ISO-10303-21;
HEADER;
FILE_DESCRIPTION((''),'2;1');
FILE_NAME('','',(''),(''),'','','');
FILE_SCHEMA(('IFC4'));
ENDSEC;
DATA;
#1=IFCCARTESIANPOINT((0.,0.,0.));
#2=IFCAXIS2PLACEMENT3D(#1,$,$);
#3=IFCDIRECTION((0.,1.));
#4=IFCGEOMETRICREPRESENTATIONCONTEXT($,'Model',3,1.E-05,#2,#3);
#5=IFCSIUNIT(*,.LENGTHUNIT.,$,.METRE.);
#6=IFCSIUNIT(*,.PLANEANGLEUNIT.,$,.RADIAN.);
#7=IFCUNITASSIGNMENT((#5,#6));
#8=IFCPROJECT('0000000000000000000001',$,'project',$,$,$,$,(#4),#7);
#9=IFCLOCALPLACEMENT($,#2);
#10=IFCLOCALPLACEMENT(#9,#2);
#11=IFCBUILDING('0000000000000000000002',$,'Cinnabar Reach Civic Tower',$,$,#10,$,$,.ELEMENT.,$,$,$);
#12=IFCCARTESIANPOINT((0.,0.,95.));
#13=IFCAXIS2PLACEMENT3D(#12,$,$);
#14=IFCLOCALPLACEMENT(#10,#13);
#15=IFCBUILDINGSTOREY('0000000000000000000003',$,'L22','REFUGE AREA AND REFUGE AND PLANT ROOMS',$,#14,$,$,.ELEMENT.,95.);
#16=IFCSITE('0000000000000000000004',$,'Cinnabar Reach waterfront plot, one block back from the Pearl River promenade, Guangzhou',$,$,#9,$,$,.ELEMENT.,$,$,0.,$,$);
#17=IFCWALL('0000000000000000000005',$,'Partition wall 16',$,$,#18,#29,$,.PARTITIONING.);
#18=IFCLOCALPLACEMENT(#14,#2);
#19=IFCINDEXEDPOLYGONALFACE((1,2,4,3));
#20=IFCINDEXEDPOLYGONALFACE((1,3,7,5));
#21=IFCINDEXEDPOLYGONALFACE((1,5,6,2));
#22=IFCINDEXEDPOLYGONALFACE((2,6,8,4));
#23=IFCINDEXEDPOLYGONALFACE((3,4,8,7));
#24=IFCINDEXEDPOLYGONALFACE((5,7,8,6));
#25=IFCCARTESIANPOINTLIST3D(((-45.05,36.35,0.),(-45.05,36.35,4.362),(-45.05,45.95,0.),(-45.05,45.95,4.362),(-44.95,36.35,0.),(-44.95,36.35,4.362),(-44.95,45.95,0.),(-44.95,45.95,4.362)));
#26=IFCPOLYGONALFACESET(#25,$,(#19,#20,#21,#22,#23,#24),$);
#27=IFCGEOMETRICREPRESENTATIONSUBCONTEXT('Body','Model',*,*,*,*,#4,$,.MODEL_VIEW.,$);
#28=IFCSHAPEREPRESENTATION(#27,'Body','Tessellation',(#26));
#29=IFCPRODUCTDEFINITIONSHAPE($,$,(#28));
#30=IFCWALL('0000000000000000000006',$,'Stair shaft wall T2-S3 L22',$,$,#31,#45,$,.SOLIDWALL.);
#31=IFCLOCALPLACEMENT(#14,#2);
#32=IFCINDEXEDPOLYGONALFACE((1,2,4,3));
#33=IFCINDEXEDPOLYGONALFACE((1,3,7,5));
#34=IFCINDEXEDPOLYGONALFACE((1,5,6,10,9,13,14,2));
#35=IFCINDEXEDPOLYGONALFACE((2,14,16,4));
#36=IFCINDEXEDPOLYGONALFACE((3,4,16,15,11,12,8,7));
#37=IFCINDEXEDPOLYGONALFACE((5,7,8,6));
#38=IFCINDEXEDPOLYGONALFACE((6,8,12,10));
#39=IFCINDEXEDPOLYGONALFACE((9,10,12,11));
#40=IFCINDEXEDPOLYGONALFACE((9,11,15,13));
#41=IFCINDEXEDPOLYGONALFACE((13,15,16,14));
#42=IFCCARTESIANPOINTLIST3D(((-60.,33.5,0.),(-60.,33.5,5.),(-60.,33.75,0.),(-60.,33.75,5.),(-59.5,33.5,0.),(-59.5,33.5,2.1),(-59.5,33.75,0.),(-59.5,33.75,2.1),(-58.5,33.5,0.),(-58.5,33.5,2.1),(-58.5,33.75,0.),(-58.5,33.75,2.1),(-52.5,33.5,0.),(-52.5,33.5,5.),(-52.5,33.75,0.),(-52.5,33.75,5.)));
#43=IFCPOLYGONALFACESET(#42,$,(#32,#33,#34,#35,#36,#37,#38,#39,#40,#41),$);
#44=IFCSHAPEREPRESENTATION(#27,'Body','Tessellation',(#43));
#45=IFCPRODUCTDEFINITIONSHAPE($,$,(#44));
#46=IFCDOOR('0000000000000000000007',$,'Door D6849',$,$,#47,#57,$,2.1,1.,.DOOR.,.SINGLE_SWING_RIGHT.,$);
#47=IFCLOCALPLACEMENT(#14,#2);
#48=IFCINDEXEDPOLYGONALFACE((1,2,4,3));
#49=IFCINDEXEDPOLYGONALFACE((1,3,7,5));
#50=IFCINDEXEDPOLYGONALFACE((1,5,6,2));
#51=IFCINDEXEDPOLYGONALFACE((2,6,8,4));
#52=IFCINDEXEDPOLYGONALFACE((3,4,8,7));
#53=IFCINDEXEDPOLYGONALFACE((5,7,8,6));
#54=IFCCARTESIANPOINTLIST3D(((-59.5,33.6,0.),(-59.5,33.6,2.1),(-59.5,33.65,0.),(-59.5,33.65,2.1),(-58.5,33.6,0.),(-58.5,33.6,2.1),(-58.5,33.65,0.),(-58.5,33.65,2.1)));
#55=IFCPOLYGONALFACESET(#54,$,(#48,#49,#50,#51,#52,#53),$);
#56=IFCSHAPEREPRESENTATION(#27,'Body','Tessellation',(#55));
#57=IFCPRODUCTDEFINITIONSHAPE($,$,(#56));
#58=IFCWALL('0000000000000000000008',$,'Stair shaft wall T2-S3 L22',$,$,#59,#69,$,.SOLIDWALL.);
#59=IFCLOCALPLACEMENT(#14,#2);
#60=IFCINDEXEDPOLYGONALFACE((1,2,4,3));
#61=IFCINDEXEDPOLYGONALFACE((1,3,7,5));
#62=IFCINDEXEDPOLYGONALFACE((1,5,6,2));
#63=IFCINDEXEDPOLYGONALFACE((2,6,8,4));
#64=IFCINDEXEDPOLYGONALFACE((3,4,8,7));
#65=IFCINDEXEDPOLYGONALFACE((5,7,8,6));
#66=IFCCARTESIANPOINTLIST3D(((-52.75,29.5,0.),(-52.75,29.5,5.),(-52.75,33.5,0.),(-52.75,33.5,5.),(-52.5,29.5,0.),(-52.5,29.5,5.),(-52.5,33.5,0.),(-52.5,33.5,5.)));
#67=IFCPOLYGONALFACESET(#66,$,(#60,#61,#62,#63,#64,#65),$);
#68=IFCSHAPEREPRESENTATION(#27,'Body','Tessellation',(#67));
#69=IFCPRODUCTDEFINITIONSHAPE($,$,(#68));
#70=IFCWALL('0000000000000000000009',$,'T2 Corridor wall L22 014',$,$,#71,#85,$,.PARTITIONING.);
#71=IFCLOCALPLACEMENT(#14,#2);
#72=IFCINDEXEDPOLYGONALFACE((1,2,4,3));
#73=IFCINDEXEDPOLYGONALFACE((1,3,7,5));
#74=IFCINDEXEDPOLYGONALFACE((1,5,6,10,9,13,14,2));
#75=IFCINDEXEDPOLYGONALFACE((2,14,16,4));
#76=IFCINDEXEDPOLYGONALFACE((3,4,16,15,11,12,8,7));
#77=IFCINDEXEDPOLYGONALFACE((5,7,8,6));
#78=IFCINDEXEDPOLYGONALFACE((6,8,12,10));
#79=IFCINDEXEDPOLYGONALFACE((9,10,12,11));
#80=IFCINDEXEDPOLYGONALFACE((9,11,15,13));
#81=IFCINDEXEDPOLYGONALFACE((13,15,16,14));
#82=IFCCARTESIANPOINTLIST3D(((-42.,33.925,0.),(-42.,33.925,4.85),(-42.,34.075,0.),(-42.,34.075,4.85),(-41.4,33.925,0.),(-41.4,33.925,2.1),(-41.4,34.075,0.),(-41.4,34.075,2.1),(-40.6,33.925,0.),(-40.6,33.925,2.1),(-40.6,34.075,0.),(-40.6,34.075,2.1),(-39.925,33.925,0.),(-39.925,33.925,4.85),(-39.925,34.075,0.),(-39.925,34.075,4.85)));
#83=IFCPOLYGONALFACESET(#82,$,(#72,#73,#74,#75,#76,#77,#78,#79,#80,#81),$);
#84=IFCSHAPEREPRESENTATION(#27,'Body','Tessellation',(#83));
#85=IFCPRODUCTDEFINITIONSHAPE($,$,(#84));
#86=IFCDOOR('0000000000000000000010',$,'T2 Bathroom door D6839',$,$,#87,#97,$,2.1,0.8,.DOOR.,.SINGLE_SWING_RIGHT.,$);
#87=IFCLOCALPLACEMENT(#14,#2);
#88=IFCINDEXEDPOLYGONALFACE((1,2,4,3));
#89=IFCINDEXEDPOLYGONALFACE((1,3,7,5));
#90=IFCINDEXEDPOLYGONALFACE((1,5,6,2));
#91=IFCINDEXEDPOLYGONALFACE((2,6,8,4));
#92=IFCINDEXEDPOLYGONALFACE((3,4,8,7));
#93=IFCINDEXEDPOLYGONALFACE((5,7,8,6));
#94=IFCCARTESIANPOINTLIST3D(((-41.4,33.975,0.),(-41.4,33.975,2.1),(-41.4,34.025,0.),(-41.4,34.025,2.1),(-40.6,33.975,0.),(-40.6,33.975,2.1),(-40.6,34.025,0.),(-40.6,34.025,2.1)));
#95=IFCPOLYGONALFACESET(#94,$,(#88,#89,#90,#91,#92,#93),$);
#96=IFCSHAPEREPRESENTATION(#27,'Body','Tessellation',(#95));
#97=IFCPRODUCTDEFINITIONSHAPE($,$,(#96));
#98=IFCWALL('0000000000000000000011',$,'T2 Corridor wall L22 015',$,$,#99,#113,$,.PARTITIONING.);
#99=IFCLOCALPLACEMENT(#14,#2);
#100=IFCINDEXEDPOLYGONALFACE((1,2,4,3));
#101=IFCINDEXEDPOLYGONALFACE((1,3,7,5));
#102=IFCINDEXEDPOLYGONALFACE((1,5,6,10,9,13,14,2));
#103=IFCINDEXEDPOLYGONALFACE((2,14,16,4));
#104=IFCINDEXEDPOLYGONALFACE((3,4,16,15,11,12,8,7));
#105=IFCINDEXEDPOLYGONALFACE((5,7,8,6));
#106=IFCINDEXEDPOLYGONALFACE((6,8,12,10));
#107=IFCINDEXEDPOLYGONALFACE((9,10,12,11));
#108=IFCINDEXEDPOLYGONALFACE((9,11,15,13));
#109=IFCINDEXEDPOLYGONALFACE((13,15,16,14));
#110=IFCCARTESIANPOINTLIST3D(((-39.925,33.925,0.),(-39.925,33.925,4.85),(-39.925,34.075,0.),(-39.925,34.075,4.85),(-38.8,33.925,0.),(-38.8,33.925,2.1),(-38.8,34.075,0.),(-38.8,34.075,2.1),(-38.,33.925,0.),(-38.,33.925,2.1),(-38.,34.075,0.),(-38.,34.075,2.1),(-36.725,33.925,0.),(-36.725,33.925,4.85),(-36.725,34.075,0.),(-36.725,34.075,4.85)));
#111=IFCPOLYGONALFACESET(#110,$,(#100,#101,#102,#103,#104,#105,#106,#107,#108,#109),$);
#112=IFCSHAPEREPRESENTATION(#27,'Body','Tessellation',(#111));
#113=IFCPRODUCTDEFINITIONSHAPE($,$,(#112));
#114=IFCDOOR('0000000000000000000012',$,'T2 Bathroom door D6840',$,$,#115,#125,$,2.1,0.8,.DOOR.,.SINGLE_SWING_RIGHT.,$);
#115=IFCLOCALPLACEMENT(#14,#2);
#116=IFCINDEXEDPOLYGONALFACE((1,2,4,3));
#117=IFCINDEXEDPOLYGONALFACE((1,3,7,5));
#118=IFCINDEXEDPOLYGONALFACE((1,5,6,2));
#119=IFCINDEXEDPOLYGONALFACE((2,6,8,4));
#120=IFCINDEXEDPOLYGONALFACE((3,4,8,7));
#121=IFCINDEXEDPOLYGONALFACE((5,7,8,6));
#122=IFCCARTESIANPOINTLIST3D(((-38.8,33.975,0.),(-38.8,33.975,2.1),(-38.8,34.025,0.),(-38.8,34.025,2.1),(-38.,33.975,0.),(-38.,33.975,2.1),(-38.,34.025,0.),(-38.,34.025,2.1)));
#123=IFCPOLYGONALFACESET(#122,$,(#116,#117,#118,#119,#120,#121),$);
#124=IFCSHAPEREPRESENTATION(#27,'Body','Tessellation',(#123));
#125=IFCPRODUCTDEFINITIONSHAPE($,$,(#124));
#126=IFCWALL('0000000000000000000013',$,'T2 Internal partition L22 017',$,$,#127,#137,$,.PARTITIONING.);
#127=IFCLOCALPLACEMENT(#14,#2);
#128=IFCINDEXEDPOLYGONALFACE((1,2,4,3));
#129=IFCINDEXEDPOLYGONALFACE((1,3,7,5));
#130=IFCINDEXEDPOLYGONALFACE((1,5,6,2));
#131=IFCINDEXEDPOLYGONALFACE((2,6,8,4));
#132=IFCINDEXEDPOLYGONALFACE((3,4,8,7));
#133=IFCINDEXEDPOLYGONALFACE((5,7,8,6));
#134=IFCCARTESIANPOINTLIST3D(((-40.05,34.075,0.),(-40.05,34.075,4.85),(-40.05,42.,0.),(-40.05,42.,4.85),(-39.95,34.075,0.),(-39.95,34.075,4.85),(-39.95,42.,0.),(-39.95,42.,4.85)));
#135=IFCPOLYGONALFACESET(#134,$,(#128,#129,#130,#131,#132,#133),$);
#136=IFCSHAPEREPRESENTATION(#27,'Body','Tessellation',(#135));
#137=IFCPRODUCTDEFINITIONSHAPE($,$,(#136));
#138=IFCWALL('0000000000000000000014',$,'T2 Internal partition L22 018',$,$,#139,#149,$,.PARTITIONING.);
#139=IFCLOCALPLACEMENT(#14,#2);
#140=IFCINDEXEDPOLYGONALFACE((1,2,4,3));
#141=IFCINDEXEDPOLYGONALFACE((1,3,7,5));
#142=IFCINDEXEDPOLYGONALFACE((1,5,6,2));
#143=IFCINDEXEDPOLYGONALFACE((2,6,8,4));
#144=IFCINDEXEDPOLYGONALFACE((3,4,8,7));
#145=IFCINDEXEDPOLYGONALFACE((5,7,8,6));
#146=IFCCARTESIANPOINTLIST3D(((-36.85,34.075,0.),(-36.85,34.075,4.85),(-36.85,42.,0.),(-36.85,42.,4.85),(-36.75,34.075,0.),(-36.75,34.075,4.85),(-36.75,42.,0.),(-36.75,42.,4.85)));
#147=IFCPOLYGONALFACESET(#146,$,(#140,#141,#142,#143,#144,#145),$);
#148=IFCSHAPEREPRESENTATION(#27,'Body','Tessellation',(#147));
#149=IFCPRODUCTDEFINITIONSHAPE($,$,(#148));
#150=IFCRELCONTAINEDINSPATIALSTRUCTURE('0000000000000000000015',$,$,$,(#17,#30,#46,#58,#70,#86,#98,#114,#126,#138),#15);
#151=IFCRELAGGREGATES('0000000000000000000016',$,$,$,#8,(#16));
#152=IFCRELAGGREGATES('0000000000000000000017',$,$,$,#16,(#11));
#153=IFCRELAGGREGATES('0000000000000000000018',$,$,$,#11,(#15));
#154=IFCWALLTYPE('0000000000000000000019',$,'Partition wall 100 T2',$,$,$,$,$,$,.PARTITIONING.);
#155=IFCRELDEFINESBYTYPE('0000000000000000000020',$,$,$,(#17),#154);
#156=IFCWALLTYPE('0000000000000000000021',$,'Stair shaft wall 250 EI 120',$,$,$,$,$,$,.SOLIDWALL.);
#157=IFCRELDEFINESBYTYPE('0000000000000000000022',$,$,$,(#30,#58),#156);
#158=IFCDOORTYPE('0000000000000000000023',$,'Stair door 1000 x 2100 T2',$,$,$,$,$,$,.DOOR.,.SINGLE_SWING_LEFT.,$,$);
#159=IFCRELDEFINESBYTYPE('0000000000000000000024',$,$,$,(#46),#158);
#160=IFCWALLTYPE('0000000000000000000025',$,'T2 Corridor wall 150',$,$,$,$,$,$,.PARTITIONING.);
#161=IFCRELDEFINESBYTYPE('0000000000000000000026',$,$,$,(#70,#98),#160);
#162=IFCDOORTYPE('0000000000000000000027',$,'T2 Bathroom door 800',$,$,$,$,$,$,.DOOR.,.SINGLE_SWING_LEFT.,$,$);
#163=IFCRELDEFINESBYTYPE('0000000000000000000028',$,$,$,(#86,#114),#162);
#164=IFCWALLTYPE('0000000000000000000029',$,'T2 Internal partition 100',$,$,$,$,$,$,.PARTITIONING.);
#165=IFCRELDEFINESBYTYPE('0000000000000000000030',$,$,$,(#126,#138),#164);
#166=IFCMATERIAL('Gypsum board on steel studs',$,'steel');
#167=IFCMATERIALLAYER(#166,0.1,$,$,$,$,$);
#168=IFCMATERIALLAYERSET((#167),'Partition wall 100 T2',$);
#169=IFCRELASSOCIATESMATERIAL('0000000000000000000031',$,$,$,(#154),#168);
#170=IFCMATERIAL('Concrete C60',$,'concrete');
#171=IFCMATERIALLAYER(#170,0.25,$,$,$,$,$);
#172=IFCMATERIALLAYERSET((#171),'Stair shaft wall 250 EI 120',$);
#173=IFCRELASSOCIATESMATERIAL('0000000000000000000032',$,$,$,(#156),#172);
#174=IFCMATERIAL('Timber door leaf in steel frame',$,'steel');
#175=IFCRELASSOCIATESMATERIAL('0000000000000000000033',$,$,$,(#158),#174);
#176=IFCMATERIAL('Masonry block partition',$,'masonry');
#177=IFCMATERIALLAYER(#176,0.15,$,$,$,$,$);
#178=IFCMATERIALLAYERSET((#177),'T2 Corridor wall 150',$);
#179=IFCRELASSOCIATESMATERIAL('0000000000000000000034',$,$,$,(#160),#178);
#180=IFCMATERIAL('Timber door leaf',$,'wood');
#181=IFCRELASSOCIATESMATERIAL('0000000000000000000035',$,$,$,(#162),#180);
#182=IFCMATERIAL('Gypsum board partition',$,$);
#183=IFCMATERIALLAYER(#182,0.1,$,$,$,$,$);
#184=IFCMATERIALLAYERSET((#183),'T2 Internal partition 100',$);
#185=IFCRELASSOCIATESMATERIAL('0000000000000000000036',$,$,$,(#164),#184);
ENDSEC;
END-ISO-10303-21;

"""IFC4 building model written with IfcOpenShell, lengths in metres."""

from ifc_helpers import new_model, si_unit, direction, frame, frame_2d, origin, place, context, subcontext, project, spatial, rectangle, extrude, material, layer, layer_set, type_object, element, fill, save


model = new_model("IFC4")

# Units and contexts
model_context = context("Model", 3, precision=1e-05, world=origin(), true_north=direction((0.0, 1.0)))
body_context = subcontext(model_context, "Body", "Model", "MODEL_VIEW")
ifc_project = project(units=[si_unit("LENGTHUNIT", "METRE"), si_unit("PLANEANGLEUNIT", "RADIAN")], contexts=[model_context])

# Site, building, storey
site_placement = place(None, origin())
site = spatial("IfcSite", under=ifc_project, at=site_placement, Name="Cinnabar Reach waterfront plot, one block back from the Pearl River promenade, Guangzhou", CompositionType="ELEMENT", RefElevation=0.0)
building_placement = place(site_placement, origin())
building = spatial("IfcBuilding", under=site, at=building_placement, Name="Cinnabar Reach Civic Tower", CompositionType="ELEMENT")
storey_placement = place(building_placement, frame((0.0, 0.0, 95.0)))
storey = spatial("IfcBuildingStorey", under=building, at=storey_placement, Name="L22", Description="REFUGE AREA AND REFUGE AND PLANT ROOMS", CompositionType="ELEMENT", Elevation=95.0)

# Shared definitions
ifc_material_1 = material(Name="Concrete C60", Category="concrete")

# Shared definitions
ifc_material_2 = material(Name="Timber door leaf in steel frame", Category="steel")

# Wall
ifc_material_3 = material(Name="Gypsum board on steel studs", Category="steel")
ifc_layer_1 = layer(ifc_material_3, 0.1)
ifc_layer_set_1 = layer_set([ifc_layer_1], Name="Partition wall 100 T2")
wall_type_1 = type_object("IfcWallType", Name="Partition wall 100 T2", PredefinedType="PARTITIONING", material=ifc_layer_set_1)
wall_1_placement = place(storey_placement, frame((-45.0, 36.35, 0.0), z_axis=(0.0, 0.0, 1.0), x_axis=(0.0, 1.0, 0.0)))
element("IfcWall", 1, at=wall_1_placement, inside=storey, type_object=wall_type_1, Name="Partition wall 16", PredefinedType="PARTITIONING", context=body_context, shape_type="SweptSolid", body=[
    extrude(rectangle(XDim=9.6, YDim=0.1, at=frame_2d((4.8, 0.0))), origin(), (0.0, 0.0, 1.0), 4.362),
])

# Wall, opening, door
ifc_layer_2 = layer(ifc_material_1, 0.25)
ifc_layer_set_2 = layer_set([ifc_layer_2], Name="Stair shaft wall 250 EI 120")
wall_type_2 = type_object("IfcWallType", Name="Stair shaft wall 250 EI 120", PredefinedType="SOLIDWALL", material=ifc_layer_set_2)
wall_2_placement = place(storey_placement, frame((-52.5, 33.625, 0.0), z_axis=(0.0, 0.0, 1.0), x_axis=(-1.0, 0.0, 0.0)))
wall_2 = element("IfcWall", 2, at=wall_2_placement, inside=storey, type_object=wall_type_2, Name="Stair shaft wall T2-S3 L22", PredefinedType="SOLIDWALL", context=body_context, shape_type="SweptSolid", body=[
    extrude(rectangle(XDim=7.5, YDim=0.25, at=frame_2d((3.75, 0.0))), origin(), (0.0, 0.0, 1.0), 5.0),
])
opening_1_placement = place(wall_2_placement, frame((6.0, 0.0, 0.0)))
opening_1 = element("IfcOpeningElement", 3, at=opening_1_placement, cuts=wall_2, PredefinedType="OPENING", context=body_context, shape_type="SweptSolid", body=[
    extrude(rectangle(XDim=1.0, YDim=2.1, at=frame_2d((0.5, 1.05))), frame((0.0, 0.135, 0.0), z_axis=(0.0, -1.0, 0.0), x_axis=(1.0, 0.0, 0.0)), (0.0, 0.0, 1.0), 0.27),
])
door_type_1 = type_object("IfcDoorType", Name="Stair door 1000 x 2100 T2", OperationType="SINGLE_SWING_LEFT", PredefinedType="DOOR", material=ifc_material_2)
door_1_placement = place(opening_1_placement, origin())
door_1 = element("IfcDoor", 4, at=door_1_placement, inside=storey, type_object=door_type_1, Name="Door D6849", OperationType="SINGLE_SWING_RIGHT", OverallHeight=2.1, OverallWidth=1.0, PredefinedType="DOOR", context=body_context, shape_type="SweptSolid", body=[
    extrude(rectangle(XDim=1.0, YDim=2.1, at=frame_2d((0.5, 1.05))), frame((0.0, 0.025, 0.0), z_axis=(0.0, -1.0, 0.0), x_axis=(1.0, 0.0, 0.0)), (0.0, 0.0, 1.0), 0.05),
])
fill(opening_1, door_1)

# Wall
wall_3_placement = place(storey_placement, frame((-52.625, 29.5, 0.0), z_axis=(0.0, 0.0, 1.0), x_axis=(0.0, 1.0, 0.0)))
element("IfcWall", 5, at=wall_3_placement, inside=storey, type_object=wall_type_2, Name="Stair shaft wall T2-S3 L22", PredefinedType="SOLIDWALL", context=body_context, shape_type="SweptSolid", body=[
    extrude(rectangle(XDim=4.0, YDim=0.25, at=frame_2d((2.0, 0.0))), origin(), (0.0, 0.0, 1.0), 5.0),
])

# Walls, openings, doors
ifc_material_4 = material(Name="Masonry block partition", Category="masonry")
ifc_layer_3 = layer(ifc_material_4, 0.15)
ifc_layer_set_3 = layer_set([ifc_layer_3], Name="T2 Corridor wall 150")
wall_type_3 = type_object("IfcWallType", Name="T2 Corridor wall 150", PredefinedType="PARTITIONING", material=ifc_layer_set_3)
wall_4_placement = place(storey_placement, frame((-39.925, 34.0, 0.0), z_axis=(0.0, 0.0, 1.0), x_axis=(-1.0, 0.0, 0.0)))
wall_4 = element("IfcWall", 6, at=wall_4_placement, inside=storey, type_object=wall_type_3, Name="T2 Corridor wall L22 014", PredefinedType="PARTITIONING", context=body_context, shape_type="SweptSolid", body=[
    extrude(rectangle(XDim=2.075, YDim=0.15, at=frame_2d((1.0375, 0.0))), origin(), (0.0, 0.0, 1.0), 4.85),
])
opening_2_placement = place(wall_4_placement, frame((0.675, 0.0, 0.0)))
opening_2 = element("IfcOpeningElement", 7, at=opening_2_placement, cuts=wall_4, PredefinedType="OPENING", context=body_context, shape_type="SweptSolid", body=[
    extrude(rectangle(XDim=0.8, YDim=2.1, at=frame_2d((0.4, 1.05))), frame((0.0, 0.085, 0.0), z_axis=(0.0, -1.0, 0.0), x_axis=(1.0, 0.0, 0.0)), (0.0, 0.0, 1.0), 0.17),
])
ifc_material_5 = material(Name="Timber door leaf", Category="wood")
door_type_2 = type_object("IfcDoorType", Name="T2 Bathroom door 800", OperationType="SINGLE_SWING_LEFT", PredefinedType="DOOR", material=ifc_material_5)
door_2_placement = place(opening_2_placement, frame((0.8, 0.0, 0.0), z_axis=(0.0, 0.0, 1.0), x_axis=(-1.0, 0.0, 0.0)))
door_2 = element("IfcDoor", 8, at=door_2_placement, inside=storey, type_object=door_type_2, Name="T2 Bathroom door D6839", OperationType="SINGLE_SWING_RIGHT", OverallHeight=2.1, OverallWidth=0.8, PredefinedType="DOOR", context=body_context, shape_type="SweptSolid", body=[
    extrude(rectangle(XDim=0.8, YDim=2.1, at=frame_2d((0.4, 1.05))), frame((0.0, 0.025, 0.0), z_axis=(0.0, -1.0, 0.0), x_axis=(1.0, 0.0, 0.0)), (0.0, 0.0, 1.0), 0.05),
])
fill(opening_2, door_2)
wall_5_placement = place(storey_placement, frame((-36.725, 34.0, 0.0), z_axis=(0.0, 0.0, 1.0), x_axis=(-1.0, 0.0, 0.0)))
wall_5 = element("IfcWall", 9, at=wall_5_placement, inside=storey, type_object=wall_type_3, Name="T2 Corridor wall L22 015", PredefinedType="PARTITIONING", context=body_context, shape_type="SweptSolid", body=[
    extrude(rectangle(XDim=3.2, YDim=0.15, at=frame_2d((1.6, 0.0))), origin(), (0.0, 0.0, 1.0), 4.85),
])
opening_3_placement = place(wall_5_placement, frame((1.275, 0.0, 0.0)))
opening_3 = element("IfcOpeningElement", 10, at=opening_3_placement, cuts=wall_5, PredefinedType="OPENING", context=body_context, shape_type="SweptSolid", body=[
    extrude(rectangle(XDim=0.8, YDim=2.1, at=frame_2d((0.4, 1.05))), frame((0.0, 0.085, 0.0), z_axis=(0.0, -1.0, 0.0), x_axis=(1.0, 0.0, 0.0)), (0.0, 0.0, 1.0), 0.17),
])
door_3_placement = place(opening_3_placement, frame((0.8, 0.0, 0.0), z_axis=(0.0, 0.0, 1.0), x_axis=(-1.0, 0.0, 0.0)))
door_3 = element("IfcDoor", 11, at=door_3_placement, inside=storey, type_object=door_type_2, Name="T2 Bathroom door D6840", OperationType="SINGLE_SWING_RIGHT", OverallHeight=2.1, OverallWidth=0.8, PredefinedType="DOOR", context=body_context, shape_type="SweptSolid", body=[
    extrude(rectangle(XDim=0.8, YDim=2.1, at=frame_2d((0.4, 1.05))), frame((0.0, 0.025, 0.0), z_axis=(0.0, -1.0, 0.0), x_axis=(1.0, 0.0, 0.0)), (0.0, 0.0, 1.0), 0.05),
])
fill(opening_3, door_3)

# Walls
ifc_material_6 = material(Name="Gypsum board partition")
ifc_layer_4 = layer(ifc_material_6, 0.1)
ifc_layer_set_4 = layer_set([ifc_layer_4], Name="T2 Internal partition 100")
wall_type_4 = type_object("IfcWallType", Name="T2 Internal partition 100", PredefinedType="PARTITIONING", material=ifc_layer_set_4)
for number, where, z_axis, x_axis, name in (
    (12, (-40.0, 34.075, 0.0), (0.0, 0.0, 1.0), (0.0, 1.0, 0.0), "T2 Internal partition L22 017"),
    (13, (-36.8, 34.075, 0.0), (0.0, 0.0, 1.0), (0.0, 1.0, 0.0), "T2 Internal partition L22 018"),
):
    element("IfcWall", number, at=place(storey_placement, frame(where, z_axis=z_axis, x_axis=x_axis)), inside=storey, type_object=wall_type_4, Name=name, PredefinedType="PARTITIONING", context=body_context, shape_type="SweptSolid", body=[
        extrude(rectangle(XDim=7.925, YDim=0.1, at=frame_2d((3.9625, 0.0))), origin(), (0.0, 0.0, 1.0), 4.85),
    ])

save(model, "model.ifc")
